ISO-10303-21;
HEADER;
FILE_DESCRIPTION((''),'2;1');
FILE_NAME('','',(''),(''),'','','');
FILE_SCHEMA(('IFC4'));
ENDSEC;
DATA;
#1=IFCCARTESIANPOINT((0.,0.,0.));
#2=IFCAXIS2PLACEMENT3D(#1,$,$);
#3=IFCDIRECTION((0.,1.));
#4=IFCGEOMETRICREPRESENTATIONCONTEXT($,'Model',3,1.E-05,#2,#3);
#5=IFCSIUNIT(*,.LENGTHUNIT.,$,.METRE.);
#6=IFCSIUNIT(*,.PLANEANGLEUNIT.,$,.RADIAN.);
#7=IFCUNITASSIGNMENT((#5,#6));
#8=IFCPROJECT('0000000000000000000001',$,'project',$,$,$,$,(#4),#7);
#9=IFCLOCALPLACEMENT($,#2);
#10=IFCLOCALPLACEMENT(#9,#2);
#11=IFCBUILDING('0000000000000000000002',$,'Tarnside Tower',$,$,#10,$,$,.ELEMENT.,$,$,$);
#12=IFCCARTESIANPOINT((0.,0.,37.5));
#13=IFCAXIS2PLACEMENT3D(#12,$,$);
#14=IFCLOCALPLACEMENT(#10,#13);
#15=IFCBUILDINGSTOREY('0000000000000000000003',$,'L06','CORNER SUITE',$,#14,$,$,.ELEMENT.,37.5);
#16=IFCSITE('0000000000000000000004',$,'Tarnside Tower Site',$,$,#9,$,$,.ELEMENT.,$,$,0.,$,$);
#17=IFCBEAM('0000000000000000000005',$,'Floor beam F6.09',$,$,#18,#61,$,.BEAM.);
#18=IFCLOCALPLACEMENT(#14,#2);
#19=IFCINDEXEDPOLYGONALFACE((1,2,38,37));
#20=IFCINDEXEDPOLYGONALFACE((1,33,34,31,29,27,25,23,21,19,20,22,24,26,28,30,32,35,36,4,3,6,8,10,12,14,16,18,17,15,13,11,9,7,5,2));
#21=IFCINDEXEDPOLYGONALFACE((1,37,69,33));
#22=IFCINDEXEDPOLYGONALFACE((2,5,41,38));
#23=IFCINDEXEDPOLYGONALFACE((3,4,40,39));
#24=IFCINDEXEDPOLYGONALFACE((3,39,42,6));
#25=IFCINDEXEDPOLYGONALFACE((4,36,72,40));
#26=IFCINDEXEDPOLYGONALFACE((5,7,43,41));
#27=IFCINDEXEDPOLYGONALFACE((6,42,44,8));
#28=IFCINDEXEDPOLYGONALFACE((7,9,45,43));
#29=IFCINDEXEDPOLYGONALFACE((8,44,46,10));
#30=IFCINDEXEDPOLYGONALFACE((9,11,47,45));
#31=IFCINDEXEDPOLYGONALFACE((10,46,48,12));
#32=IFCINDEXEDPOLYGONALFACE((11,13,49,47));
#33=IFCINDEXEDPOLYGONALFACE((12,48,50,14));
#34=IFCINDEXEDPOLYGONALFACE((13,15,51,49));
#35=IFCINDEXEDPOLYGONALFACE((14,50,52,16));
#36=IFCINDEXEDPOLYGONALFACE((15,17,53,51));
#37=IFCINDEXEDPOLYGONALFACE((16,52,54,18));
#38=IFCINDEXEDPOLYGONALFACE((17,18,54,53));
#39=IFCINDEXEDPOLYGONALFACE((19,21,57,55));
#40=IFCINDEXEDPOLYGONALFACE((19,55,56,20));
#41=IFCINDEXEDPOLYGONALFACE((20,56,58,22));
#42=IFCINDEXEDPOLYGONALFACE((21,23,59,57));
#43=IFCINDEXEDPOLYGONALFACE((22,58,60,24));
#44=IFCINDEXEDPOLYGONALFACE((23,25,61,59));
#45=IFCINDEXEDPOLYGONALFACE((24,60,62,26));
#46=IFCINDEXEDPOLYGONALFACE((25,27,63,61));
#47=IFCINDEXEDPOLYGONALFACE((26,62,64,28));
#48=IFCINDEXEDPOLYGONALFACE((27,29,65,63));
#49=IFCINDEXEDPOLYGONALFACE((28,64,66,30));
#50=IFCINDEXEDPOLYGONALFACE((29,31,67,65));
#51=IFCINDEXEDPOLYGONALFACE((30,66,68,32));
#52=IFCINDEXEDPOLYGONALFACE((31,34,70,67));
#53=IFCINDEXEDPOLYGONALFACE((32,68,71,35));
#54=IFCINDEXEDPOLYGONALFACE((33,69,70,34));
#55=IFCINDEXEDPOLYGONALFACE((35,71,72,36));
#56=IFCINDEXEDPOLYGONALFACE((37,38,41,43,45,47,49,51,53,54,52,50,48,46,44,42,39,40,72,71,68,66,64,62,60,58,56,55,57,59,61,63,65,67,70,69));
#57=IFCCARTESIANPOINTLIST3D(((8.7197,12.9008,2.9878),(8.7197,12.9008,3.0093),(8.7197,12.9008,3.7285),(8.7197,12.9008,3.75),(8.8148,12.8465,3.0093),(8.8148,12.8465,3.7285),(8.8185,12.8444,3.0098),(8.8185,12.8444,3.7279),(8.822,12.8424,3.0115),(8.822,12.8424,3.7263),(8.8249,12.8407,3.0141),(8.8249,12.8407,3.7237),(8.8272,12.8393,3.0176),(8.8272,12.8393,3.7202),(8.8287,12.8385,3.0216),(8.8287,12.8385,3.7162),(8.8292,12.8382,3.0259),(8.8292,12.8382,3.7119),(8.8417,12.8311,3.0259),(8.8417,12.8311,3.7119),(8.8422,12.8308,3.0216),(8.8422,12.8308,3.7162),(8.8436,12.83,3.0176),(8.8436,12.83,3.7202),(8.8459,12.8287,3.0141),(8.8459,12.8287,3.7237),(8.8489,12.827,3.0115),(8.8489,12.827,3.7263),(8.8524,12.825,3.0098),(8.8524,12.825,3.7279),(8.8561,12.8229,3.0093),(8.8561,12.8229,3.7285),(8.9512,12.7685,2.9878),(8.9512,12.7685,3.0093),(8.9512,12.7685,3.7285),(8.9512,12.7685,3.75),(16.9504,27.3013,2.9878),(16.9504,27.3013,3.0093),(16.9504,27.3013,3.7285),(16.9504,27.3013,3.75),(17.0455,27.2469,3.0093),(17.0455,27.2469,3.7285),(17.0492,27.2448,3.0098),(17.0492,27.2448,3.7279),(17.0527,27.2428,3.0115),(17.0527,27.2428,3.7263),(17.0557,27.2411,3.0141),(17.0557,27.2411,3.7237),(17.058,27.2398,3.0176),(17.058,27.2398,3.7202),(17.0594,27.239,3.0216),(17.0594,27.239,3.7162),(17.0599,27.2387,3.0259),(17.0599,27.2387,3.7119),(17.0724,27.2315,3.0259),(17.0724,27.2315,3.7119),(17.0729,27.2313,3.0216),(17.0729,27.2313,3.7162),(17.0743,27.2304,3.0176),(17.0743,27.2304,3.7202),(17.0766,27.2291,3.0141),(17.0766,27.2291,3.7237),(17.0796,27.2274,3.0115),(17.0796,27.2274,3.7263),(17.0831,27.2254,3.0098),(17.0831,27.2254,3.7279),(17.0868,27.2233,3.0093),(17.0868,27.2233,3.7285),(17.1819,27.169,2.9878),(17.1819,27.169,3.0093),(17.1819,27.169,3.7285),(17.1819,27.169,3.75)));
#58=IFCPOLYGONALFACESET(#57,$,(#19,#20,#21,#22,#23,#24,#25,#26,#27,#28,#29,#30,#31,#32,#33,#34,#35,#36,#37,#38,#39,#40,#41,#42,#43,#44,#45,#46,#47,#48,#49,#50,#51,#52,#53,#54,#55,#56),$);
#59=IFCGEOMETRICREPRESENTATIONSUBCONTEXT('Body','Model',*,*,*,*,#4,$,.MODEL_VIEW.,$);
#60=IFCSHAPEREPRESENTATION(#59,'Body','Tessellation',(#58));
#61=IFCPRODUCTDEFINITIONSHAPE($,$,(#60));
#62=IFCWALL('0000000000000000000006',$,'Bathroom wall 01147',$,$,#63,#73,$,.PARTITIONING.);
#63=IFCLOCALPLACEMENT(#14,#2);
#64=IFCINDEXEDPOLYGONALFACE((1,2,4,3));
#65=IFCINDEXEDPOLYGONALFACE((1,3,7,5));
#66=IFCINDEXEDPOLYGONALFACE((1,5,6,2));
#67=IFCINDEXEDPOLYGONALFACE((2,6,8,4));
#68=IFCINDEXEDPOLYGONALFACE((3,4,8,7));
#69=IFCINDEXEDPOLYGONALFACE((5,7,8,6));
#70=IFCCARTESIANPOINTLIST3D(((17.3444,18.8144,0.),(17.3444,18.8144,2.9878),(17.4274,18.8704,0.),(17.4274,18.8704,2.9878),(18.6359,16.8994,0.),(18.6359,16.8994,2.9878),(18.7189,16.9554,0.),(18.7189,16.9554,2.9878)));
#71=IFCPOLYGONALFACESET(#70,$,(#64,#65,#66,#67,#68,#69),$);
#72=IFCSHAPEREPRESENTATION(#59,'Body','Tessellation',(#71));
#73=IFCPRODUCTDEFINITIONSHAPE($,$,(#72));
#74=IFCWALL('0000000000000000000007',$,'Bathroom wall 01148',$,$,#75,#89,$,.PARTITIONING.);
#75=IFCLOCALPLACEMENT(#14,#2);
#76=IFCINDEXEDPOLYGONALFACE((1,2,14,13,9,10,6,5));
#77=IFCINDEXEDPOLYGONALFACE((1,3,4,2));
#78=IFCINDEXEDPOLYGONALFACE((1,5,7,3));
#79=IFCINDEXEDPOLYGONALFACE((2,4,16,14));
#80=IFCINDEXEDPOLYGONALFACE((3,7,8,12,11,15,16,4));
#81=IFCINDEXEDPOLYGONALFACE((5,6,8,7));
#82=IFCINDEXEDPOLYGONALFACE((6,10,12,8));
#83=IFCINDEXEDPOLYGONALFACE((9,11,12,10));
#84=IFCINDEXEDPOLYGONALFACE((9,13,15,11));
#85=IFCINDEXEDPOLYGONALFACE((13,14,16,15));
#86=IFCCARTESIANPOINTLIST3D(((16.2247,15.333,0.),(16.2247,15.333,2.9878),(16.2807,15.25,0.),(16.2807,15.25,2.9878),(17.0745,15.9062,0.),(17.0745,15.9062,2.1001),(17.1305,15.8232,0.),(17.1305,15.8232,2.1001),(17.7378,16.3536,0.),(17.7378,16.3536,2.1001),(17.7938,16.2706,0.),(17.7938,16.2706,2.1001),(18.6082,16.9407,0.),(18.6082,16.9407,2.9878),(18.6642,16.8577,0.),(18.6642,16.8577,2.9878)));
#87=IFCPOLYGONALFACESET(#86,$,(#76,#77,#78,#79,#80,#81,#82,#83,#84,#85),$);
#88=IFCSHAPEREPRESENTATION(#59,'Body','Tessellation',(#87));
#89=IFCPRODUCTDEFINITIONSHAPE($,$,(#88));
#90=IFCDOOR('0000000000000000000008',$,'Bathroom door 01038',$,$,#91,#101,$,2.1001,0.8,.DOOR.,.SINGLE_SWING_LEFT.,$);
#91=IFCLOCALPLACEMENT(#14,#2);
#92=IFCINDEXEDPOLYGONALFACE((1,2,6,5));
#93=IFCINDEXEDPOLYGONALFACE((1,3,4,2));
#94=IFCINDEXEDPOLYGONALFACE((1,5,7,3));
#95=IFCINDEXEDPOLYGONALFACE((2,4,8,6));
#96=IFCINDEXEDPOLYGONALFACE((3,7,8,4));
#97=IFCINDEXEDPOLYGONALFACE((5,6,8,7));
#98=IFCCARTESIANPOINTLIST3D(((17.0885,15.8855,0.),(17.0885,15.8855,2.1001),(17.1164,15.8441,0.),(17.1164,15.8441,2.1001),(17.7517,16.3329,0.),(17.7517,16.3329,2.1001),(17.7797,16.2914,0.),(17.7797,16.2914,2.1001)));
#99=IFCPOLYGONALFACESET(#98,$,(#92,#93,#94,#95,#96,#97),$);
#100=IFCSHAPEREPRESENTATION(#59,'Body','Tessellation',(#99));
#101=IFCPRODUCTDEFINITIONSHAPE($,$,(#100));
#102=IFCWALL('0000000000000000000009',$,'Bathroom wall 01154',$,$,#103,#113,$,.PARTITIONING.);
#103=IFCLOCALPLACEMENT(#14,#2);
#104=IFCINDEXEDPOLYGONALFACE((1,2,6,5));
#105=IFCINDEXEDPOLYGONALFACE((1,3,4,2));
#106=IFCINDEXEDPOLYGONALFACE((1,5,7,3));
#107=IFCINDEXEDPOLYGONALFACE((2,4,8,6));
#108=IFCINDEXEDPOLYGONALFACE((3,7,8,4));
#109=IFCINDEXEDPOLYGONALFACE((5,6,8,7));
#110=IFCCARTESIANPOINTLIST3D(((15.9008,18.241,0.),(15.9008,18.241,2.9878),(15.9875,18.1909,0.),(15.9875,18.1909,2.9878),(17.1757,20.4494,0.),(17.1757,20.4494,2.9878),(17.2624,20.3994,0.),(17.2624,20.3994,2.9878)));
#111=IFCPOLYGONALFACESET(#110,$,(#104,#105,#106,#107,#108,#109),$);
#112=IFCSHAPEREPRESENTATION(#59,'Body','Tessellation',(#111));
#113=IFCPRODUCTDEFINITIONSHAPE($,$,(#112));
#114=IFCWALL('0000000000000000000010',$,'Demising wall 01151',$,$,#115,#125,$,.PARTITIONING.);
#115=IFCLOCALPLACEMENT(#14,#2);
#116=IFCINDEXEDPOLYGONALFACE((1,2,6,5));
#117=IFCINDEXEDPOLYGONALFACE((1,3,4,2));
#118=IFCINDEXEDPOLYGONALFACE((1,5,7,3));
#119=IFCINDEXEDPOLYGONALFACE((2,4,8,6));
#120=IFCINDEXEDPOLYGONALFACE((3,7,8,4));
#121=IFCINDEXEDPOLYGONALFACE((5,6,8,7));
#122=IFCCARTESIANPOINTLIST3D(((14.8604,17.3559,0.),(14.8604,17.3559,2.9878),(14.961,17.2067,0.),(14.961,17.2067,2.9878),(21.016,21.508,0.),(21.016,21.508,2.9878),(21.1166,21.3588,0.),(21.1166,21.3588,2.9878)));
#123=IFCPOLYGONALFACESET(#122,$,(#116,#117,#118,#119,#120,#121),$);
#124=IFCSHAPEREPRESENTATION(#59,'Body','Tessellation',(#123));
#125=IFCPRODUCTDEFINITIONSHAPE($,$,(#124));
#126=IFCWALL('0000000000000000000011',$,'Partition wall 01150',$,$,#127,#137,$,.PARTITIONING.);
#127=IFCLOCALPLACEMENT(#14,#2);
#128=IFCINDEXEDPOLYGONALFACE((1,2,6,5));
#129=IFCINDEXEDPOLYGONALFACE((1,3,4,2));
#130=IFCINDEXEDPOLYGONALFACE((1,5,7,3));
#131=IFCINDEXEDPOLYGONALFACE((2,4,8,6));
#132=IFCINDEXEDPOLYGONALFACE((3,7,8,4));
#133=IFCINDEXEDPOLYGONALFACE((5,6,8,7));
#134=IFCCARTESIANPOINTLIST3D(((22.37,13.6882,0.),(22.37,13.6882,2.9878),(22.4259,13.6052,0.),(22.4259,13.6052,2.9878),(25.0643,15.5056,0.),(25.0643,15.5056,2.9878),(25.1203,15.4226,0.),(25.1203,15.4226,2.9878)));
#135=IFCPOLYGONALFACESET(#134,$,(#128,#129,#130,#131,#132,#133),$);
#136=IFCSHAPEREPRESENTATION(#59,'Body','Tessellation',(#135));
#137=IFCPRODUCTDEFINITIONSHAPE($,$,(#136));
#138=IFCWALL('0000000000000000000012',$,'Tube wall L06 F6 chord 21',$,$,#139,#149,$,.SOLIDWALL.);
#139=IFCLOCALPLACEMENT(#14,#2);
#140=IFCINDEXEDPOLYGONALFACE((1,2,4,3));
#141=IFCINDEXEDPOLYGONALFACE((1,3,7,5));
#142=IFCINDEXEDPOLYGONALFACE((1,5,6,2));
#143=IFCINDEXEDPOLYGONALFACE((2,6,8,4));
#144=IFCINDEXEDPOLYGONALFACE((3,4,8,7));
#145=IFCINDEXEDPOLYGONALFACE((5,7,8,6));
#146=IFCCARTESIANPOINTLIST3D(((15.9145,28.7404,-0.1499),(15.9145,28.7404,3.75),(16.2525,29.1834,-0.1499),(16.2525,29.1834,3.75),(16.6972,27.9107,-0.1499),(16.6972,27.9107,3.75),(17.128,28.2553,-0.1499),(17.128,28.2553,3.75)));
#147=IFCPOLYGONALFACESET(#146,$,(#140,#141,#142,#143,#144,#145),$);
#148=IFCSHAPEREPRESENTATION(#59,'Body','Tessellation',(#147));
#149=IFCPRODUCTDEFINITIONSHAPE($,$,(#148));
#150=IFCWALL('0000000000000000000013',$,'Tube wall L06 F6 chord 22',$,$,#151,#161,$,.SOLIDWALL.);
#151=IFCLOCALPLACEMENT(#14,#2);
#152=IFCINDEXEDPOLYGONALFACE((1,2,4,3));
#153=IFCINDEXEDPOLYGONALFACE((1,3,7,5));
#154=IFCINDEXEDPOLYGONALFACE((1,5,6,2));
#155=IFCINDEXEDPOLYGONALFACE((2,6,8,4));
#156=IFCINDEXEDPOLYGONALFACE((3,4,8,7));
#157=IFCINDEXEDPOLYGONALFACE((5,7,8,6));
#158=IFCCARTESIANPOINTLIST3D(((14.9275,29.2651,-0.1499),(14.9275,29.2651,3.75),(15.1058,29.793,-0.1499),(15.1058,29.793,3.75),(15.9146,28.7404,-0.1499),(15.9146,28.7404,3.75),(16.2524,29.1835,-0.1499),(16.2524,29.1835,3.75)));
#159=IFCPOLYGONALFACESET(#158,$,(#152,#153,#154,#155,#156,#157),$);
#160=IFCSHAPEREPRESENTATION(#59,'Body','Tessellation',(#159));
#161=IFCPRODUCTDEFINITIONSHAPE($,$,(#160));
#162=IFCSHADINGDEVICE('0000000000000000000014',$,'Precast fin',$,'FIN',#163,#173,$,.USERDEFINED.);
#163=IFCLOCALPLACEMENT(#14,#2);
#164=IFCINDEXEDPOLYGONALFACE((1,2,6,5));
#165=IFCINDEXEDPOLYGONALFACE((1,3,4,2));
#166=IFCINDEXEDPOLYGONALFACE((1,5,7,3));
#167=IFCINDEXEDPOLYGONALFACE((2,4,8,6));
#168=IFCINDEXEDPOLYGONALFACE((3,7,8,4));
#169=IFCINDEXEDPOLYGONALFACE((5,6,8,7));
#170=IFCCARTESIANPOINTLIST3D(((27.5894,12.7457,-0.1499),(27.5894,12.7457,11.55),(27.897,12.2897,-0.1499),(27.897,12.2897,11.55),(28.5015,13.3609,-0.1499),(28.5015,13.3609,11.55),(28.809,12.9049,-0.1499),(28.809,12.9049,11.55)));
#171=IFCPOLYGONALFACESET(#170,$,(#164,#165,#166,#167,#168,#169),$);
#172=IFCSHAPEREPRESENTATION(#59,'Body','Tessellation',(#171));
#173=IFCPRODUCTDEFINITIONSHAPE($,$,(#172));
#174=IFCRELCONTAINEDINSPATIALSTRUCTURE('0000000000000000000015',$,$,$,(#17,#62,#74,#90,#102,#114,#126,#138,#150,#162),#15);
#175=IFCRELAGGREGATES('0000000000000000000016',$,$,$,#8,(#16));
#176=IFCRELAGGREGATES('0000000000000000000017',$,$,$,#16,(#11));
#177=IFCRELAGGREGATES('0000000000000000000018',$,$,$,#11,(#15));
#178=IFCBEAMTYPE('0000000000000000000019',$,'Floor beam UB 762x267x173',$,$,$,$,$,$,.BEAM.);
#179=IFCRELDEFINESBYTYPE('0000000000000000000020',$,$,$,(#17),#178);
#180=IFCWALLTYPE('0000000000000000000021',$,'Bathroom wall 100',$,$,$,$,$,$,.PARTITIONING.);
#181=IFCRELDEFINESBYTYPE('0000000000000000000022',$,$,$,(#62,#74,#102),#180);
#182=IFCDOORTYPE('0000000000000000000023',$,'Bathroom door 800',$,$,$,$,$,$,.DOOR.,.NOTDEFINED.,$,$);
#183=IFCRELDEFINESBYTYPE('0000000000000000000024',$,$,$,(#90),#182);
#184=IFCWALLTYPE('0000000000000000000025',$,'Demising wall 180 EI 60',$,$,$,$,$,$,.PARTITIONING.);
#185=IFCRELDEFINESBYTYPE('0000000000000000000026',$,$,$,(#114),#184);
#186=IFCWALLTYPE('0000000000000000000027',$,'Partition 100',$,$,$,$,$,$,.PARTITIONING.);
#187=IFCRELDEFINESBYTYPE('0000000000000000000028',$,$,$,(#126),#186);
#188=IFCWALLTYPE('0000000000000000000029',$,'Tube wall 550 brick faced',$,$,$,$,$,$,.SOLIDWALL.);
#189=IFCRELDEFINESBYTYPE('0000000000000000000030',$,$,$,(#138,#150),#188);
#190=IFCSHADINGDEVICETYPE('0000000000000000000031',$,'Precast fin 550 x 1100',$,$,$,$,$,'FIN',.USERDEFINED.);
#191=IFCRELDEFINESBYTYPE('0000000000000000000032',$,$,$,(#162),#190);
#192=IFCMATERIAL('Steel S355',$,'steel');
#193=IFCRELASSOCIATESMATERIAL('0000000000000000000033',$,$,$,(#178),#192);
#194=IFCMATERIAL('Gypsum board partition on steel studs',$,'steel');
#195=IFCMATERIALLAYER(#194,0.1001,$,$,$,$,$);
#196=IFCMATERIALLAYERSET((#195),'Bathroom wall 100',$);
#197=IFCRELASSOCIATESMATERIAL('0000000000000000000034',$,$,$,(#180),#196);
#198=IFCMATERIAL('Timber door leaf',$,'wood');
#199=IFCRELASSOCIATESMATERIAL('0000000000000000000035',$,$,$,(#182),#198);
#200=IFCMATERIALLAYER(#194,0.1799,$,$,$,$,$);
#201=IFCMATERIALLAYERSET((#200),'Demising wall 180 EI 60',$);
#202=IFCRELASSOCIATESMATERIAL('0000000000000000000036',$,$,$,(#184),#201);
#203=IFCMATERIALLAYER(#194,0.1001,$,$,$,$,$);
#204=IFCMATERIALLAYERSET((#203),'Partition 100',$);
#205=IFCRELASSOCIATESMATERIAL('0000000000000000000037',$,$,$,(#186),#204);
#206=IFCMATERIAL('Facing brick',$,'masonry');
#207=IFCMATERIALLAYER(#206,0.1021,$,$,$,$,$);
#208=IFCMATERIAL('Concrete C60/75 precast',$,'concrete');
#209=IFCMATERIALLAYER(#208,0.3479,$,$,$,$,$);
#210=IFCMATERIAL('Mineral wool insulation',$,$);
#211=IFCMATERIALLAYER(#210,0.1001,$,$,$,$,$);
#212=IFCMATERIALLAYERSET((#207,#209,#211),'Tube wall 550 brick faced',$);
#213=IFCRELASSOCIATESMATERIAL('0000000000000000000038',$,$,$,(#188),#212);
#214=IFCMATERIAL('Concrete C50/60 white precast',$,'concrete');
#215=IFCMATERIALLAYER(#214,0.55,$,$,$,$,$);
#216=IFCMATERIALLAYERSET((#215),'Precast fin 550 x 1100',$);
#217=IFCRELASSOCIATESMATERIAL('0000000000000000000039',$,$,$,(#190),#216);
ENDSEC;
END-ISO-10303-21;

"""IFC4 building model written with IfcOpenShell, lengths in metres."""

from ifc_helpers import new_model, si_unit, direction, frame, frame_2d, origin, origin_2d, place, context, subcontext, project, spatial, polyline, rectangle, i_section, outline, extrude, material, layer, layer_set, material_profile, profile_set, type_object, element, fill, save


model = new_model("IFC4")

# Units and contexts
model_context = context("Model", 3, precision=1e-05, world=origin(), true_north=direction((0.0, 1.0)))
body_context = subcontext(model_context, "Body", "Model", "MODEL_VIEW")
ifc_project = project(units=[si_unit("LENGTHUNIT", "METRE"), si_unit("PLANEANGLEUNIT", "RADIAN")], contexts=[model_context])

# Site, building, storey
site_placement = place(None, origin())
site = spatial("IfcSite", under=ifc_project, at=site_placement, Name="Tarnside Tower Site", CompositionType="ELEMENT", RefElevation=0.0)
building_placement = place(site_placement, origin())
building = spatial("IfcBuilding", under=site, at=building_placement, Name="Tarnside Tower", CompositionType="ELEMENT")
storey_placement = place(building_placement, frame((0.0, 0.0, 37.5)))
storey = spatial("IfcBuildingStorey", under=building, at=storey_placement, Name="L06", Description="CORNER SUITE", CompositionType="ELEMENT", Elevation=37.5)

# Beam
ifc_material_1 = material(Name="Steel S355", Category="steel")
ifc_material_profile_1 = material_profile(ifc_material_1, i_section(OverallWidth=0.2666, OverallDepth=0.7622, WebThickness=0.0144, FlangeThickness=0.0215, FilletRadius=0.0166, at=origin_2d()), Name="UB 762x267x173")
ifc_profile_set_1 = profile_set([ifc_material_profile_1], Name="Steel S355")
beam_type_1 = type_object("IfcBeamType", Name="Floor beam UB 762x267x173", PredefinedType="BEAM", material=ifc_profile_set_1)
beam_1_placement = place(storey_placement, frame((17.0662, 27.2351, 3.3689), z_axis=(-0.496226, -0.868193, 0.0), x_axis=(0.868193, -0.496226, 0.0)))
element("IfcBeam", 1, at=beam_1_placement, inside=storey, type_object=beam_type_1, Name="Floor beam F6.09", PredefinedType="BEAM", context=body_context, shape_type="SweptSolid", body=[
    extrude(i_section(OverallWidth=0.2666, OverallDepth=0.7622, WebThickness=0.0144, FlangeThickness=0.0215, FilletRadius=0.0166, at=origin_2d()), origin(), (0.0, 0.0, 1.0), 16.5867),
])

# Wall
ifc_material_2 = material(Name="Gypsum board partition on steel studs", Category="steel")
ifc_layer_1 = layer(ifc_material_2, 0.1001)
ifc_layer_set_1 = layer_set([ifc_layer_1], Name="Bathroom wall 100")
wall_type_1 = type_object("IfcWallType", Name="Bathroom wall 100", PredefinedType="PARTITIONING", material=ifc_layer_set_1)
wall_1_placement = place(storey_placement, frame((17.386, 18.8423, 0.0), z_axis=(0.0, 0.0, 1.0), x_axis=(0.559132, -0.829079, 0.0)))
element("IfcWall", 2, at=wall_1_placement, inside=storey, type_object=wall_type_1, Name="Bathroom wall 01147", PredefinedType="PARTITIONING", context=body_context, shape_type="SweptSolid", body=[
    extrude(rectangle(XDim=2.3098, YDim=0.1001, at=frame_2d((1.1548, 0.0))), origin(), (0.0, 0.0, 1.0), 2.9878),
])

# Wall, opening, door
wall_2_placement = place(storey_placement, frame((18.6362, 16.8992, 0.0), z_axis=(0.0, 0.0, 1.0), x_axis=(-0.829046, -0.55918, 0.0)))
wall_2 = element("IfcWall", 3, at=wall_2_placement, inside=storey, type_object=wall_type_1, Name="Bathroom wall 01148", PredefinedType="PARTITIONING", context=body_context, shape_type="SweptSolid", body=[
    extrude(rectangle(XDim=2.875, YDim=0.1001, at=frame_2d((1.4375, 0.0))), origin(), (0.0, 0.0, 1.0), 2.9878),
])
opening_placement = place(wall_2_placement, frame((1.05, 0.0, 0.0)))
opening = element("IfcOpeningElement", 4, at=opening_placement, cuts=wall_2, PredefinedType="OPENING", context=body_context, shape_type="SweptSolid", body=[
    extrude(rectangle(XDim=0.8, YDim=2.1001, at=frame_2d((0.3999, 1.05))), frame((0.0, 0.0601, 0.0), z_axis=(0.0, -1.0, 0.0), x_axis=(1.0, 0.0, 0.0)), (0.0, 0.0, 1.0), 0.1201),
])
ifc_material_3 = material(Name="Timber door leaf", Category="wood")
door_type = type_object("IfcDoorType", Name="Bathroom door 800", OperationType="NOTDEFINED", PredefinedType="DOOR", material=ifc_material_3)
door_placement = place(opening_placement, origin())
door = element("IfcDoor", 5, at=door_placement, inside=storey, type_object=door_type, Name="Bathroom door 01038", OperationType="SINGLE_SWING_LEFT", OverallHeight=2.1001, OverallWidth=0.8, PredefinedType="DOOR", context=body_context, shape_type="SweptSolid", body=[
    extrude(rectangle(XDim=0.8, YDim=2.1001, at=frame_2d((0.3999, 1.05))), frame((0.0, 0.0249, 0.0), z_axis=(0.0, -1.0, 0.0), x_axis=(1.0, 0.0, 0.0)), (0.0, 0.0, 1.0), 0.05),
])
fill(opening, door)

# Walls
wall_3_placement = place(storey_placement, frame((17.219, 20.4243, 0.0), z_axis=(0.0, 0.0, 1.0), x_axis=(-0.499949, -0.866055, 0.0)))
element("IfcWall", 6, at=wall_3_placement, inside=storey, type_object=wall_type_1, Name="Bathroom wall 01154", PredefinedType="PARTITIONING", context=body_context, shape_type="SweptSolid", body=[
    extrude(rectangle(XDim=2.55, YDim=0.1001, at=frame_2d((1.2749, 0.0))), origin(), (0.0, 0.0, 1.0), 2.9878),
])
ifc_layer_2 = layer(ifc_material_2, 0.1799)
ifc_layer_set_2 = layer_set([ifc_layer_2], Name="Demising wall 180 EI 60")
wall_type_2 = type_object("IfcWallType", Name="Demising wall 180 EI 60", PredefinedType="PARTITIONING", material=ifc_layer_set_2)
wall_4_placement = place(storey_placement, frame((21.0662, 21.4333, 0.0), z_axis=(0.0, 0.0, 1.0), x_axis=(-0.829028, -0.559207, 0.0)))
element("IfcWall", 7, at=wall_4_placement, inside=storey, type_object=wall_type_2, Name="Demising wall 01151", PredefinedType="PARTITIONING", context=body_context, shape_type="SweptSolid", body=[
    extrude(rectangle(XDim=7.425, YDim=0.1799, at=frame_2d((3.7124, 0.0))), origin(), (0.0, 0.0, 1.0), 2.9878),
])
ifc_layer_3 = layer(ifc_material_2, 0.1001)
ifc_layer_set_3 = layer_set([ifc_layer_3], Name="Partition 100")
wall_type_3 = type_object("IfcWallType", Name="Partition 100", PredefinedType="PARTITIONING", material=ifc_layer_set_3)
wall_5_placement = place(storey_placement, frame((22.3979, 13.6467, 0.0), z_axis=(0.0, 0.0, 1.0), x_axis=(0.829033, 0.559199, 0.0)))
element("IfcWall", 8, at=wall_5_placement, inside=storey, type_object=wall_type_3, Name="Partition wall 01150", PredefinedType="PARTITIONING", context=body_context, shape_type="SweptSolid", body=[
    extrude(rectangle(XDim=3.25, YDim=0.1001, at=frame_2d((1.625, 0.0))), origin(), (0.0, 0.0, 1.0), 2.9878),
])
ifc_material_4 = material(Name="Facing brick", Category="masonry")
ifc_layer_4 = layer(ifc_material_4, 0.1021)
ifc_material_5 = material(Name="Concrete C60/75 precast", Category="concrete")
ifc_layer_5 = layer(ifc_material_5, 0.3479)
ifc_material_6 = material(Name="Mineral wool insulation")
ifc_layer_6 = layer(ifc_material_6, 0.1001)
ifc_layer_set_4 = layer_set([ifc_layer_4, ifc_layer_5, ifc_layer_6], Name="Tube wall 550 brick faced")
wall_type_4 = type_object("IfcWallType", Name="Tube wall 550 brick faced", PredefinedType="SOLIDWALL", material=ifc_layer_set_4)
wall_6_placement = place(storey_placement, frame((16.9126, 28.083, -0.1499), z_axis=(0.0, 0.0, 1.0), x_axis=(-0.686196, 0.727416, 0.0)))
element("IfcWall", 9, at=wall_6_placement, inside=storey, type_object=wall_type_4, Name="Tube wall L06 F6 chord 21", PredefinedType="SOLIDWALL", context=body_context, shape_type="SweptSolid", body=[
    extrude(outline(polyline([(-0.0225, -0.2749), (1.2534, -0.2749), (1.1631, 0.2749), (0.0225, 0.2749), (-0.0225, -0.2749)])), origin(), (0.0, 0.0, 1.0), 3.8999),
])
wall_7_placement = place(storey_placement, frame((16.0835, 28.9619, -0.1499), z_axis=(0.0, 0.0, 1.0), x_axis=(-0.882995, 0.469382, 0.0)))
element("IfcWall", 10, at=wall_7_placement, inside=storey, type_object=wall_type_4, Name="Tube wall L06 F6 chord 22", PredefinedType="SOLIDWALL", context=body_context, shape_type="SweptSolid", body=[
    extrude(outline(polyline([(-0.0452, -0.2749), (1.2534, -0.2749), (1.1631, 0.2749), (0.0452, 0.2749), (-0.0452, -0.2749)])), origin(), (0.0, 0.0, 1.0), 3.8999),
])

# Shading device
ifc_material_7 = material(Name="Concrete C50/60 white precast", Category="concrete")
ifc_layer_7 = layer(ifc_material_7, 0.55)
ifc_layer_set_5 = layer_set([ifc_layer_7], Name="Precast fin 550 x 1100")
shading_device_type_1 = type_object("IfcShadingDeviceType", Name="Precast fin 550 x 1100", ElementType="FIN", PredefinedType="USERDEFINED", material=ifc_layer_set_5)
for number, where, z_axis, x_axis, name in (
    (11, (27.7432, 12.5178, -0.1499), (0.559193, -0.829038, 0.0), (0.829038, 0.559193, 0.0), "Precast fin"),
):
    element("IfcShadingDevice", number, at=place(storey_placement, frame(where, z_axis=z_axis, x_axis=x_axis)), inside=storey, type_object=shading_device_type_1, Name=name, ObjectType="FIN", PredefinedType="USERDEFINED", context=body_context, shape_type="SweptSolid", body=[
        extrude(outline(polyline([(0.0, 0.0), (1.1001, 0.0), (1.1001, 11.7), (0.0, 11.7), (0.0, 0.0)])), frame((0.0, 0.0, -0.2749)), (0.0, 0.0, 1.0), 0.55),
    ])

save(model, "model.ifc")
